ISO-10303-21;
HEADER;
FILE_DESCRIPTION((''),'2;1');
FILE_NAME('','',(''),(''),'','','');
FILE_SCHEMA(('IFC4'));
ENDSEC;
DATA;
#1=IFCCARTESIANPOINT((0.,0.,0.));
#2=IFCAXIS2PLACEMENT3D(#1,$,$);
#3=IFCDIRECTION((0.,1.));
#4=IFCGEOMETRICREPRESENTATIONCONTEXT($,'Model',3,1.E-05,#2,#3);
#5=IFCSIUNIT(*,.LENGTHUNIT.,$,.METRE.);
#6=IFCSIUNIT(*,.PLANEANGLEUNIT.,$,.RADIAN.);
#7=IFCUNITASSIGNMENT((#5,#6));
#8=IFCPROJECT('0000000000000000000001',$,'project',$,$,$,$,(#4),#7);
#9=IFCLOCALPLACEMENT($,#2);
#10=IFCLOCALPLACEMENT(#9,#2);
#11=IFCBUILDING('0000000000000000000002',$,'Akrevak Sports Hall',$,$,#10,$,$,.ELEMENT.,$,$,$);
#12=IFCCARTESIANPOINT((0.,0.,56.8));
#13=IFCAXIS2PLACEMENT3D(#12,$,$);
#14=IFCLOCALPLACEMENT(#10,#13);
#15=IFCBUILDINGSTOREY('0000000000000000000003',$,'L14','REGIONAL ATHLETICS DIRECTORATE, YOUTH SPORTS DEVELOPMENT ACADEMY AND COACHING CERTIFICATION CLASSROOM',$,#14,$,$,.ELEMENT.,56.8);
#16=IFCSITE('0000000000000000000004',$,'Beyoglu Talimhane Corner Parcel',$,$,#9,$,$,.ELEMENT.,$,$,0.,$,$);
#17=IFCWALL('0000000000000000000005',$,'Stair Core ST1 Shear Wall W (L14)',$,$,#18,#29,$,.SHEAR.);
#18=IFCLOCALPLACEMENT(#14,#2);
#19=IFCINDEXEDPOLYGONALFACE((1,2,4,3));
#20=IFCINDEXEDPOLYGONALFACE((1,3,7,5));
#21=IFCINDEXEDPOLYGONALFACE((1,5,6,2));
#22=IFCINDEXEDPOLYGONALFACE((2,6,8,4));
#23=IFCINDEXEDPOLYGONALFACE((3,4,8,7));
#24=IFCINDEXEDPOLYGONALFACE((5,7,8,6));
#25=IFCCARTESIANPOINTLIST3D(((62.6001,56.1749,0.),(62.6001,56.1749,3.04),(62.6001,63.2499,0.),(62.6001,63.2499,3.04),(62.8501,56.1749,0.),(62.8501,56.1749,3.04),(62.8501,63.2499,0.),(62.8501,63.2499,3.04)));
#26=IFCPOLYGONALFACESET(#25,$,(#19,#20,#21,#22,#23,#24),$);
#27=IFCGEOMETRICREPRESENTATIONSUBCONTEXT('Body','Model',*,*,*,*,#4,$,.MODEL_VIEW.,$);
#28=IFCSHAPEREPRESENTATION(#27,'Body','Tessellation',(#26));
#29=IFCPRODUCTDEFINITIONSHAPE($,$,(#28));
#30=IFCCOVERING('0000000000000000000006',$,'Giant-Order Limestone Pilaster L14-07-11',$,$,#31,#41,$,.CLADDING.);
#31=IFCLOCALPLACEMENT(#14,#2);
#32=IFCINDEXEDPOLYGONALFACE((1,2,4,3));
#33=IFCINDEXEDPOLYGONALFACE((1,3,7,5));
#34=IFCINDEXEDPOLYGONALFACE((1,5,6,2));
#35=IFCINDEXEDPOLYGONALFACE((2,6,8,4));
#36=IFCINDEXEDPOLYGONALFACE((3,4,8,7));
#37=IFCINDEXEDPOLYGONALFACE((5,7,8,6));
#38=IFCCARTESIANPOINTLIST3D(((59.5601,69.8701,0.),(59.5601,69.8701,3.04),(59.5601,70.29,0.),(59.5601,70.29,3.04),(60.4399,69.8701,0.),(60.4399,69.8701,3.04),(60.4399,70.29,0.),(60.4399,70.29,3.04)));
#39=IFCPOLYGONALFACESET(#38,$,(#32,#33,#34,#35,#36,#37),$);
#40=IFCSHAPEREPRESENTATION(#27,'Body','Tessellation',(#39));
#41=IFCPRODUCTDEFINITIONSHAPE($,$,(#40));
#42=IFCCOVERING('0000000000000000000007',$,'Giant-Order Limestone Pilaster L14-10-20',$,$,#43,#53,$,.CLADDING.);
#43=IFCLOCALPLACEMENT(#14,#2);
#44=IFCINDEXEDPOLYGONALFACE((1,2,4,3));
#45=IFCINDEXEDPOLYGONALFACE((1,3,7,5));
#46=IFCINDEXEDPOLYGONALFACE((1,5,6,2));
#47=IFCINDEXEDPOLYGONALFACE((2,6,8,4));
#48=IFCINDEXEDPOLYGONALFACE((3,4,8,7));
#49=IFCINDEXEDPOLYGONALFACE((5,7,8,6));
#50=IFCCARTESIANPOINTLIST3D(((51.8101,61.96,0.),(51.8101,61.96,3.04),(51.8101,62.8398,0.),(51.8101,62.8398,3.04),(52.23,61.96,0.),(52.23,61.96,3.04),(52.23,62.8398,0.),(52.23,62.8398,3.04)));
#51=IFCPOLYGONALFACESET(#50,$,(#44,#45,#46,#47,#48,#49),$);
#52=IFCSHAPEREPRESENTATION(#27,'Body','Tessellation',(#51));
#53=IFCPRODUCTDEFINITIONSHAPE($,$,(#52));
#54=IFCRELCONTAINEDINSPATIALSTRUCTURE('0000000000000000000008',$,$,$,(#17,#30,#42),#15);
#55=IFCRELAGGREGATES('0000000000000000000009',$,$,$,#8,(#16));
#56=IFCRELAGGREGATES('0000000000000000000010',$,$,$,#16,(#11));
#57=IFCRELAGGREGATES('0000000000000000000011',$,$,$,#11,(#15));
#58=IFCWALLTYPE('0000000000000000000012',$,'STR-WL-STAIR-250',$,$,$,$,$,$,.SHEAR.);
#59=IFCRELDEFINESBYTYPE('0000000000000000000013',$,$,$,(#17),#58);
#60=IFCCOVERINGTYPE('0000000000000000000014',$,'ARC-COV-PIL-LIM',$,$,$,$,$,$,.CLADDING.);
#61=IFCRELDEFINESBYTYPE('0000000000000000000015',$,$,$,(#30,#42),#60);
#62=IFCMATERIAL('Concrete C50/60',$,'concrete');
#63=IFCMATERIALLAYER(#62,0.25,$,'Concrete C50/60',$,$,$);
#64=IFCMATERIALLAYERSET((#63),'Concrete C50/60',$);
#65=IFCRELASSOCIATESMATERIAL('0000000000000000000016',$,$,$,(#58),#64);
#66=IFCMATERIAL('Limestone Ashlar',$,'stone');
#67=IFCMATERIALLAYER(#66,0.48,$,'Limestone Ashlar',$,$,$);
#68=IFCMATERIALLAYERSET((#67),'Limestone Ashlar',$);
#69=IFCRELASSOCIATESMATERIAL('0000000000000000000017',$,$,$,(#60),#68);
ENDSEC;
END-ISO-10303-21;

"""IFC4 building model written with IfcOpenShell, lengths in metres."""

from ifc_helpers import new_model, si_unit, direction, frame, frame_2d, origin, origin_2d, place, context, subcontext, project, spatial, rectangle, extrude, material, layer, layer_set, type_object, element, save


model = new_model("IFC4")

# Units and contexts
model_context = context("Model", 3, precision=1e-05, world=origin(), true_north=direction((0.0, 1.0)))
body_context = subcontext(model_context, "Body", "Model", "MODEL_VIEW")
ifc_project = project(units=[si_unit("LENGTHUNIT", "METRE"), si_unit("PLANEANGLEUNIT", "RADIAN")], contexts=[model_context])

# Site, building, storey
site_placement = place(None, origin())
site = spatial("IfcSite", under=ifc_project, at=site_placement, Name="Beyoglu Talimhane Corner Parcel", CompositionType="ELEMENT", RefElevation=0.0)
building_placement = place(site_placement, origin())
building = spatial("IfcBuilding", under=site, at=building_placement, Name="Akrevak Sports Hall", CompositionType="ELEMENT")
storey_placement = place(building_placement, frame((0.0, 0.0, 56.8)))
storey = spatial("IfcBuildingStorey", under=building, at=storey_placement, Name="L14", Description="REGIONAL ATHLETICS DIRECTORATE, YOUTH SPORTS DEVELOPMENT ACADEMY AND COACHING CERTIFICATION CLASSROOM", CompositionType="ELEMENT", Elevation=56.8)

# Shared definitions
ifc_material_1 = material(Name="Limestone Ashlar", Category="stone")

# Shared definitions
ifc_material_2 = material(Name="Concrete C50/60", Category="concrete")

# Wall
ifc_layer_1 = layer(ifc_material_2, 0.25, Name="Concrete C50/60")
ifc_layer_set_1 = layer_set([ifc_layer_1], Name="Concrete C50/60")
wall_type_1 = type_object("IfcWallType", Name="STR-WL-STAIR-250", PredefinedType="SHEAR", material=ifc_layer_set_1)
wall_1_placement = place(storey_placement, frame((62.7251, 63.25, 0.0), z_axis=(0.0, 0.0, 1.0), x_axis=(0.0, -1.0, 0.0)))
element("IfcWall", 1, at=wall_1_placement, inside=storey, type_object=wall_type_1, Name="Stair Core ST1 Shear Wall W (L14)", PredefinedType="SHEAR", context=body_context, shape_type="SweptSolid", body=[
    extrude(rectangle(XDim=7.075, YDim=0.25, at=frame_2d((3.5376, 0.0))), origin(), (0.0, 0.0, 1.0), 3.04),
])

# Coverings
ifc_layer_2 = layer(ifc_material_1, 0.48, Name="Limestone Ashlar")
ifc_layer_set_2 = layer_set([ifc_layer_2], Name="Limestone Ashlar")
covering_type = type_object("IfcCoveringType", Name="ARC-COV-PIL-LIM", PredefinedType="CLADDING", material=ifc_layer_set_2)
for number, where, z_axis, x_axis, name in (
    (2, (60.0, 70.0801, 0.0), (0.0, 0.0, 1.0), (-1.0, 0.0, 0.0), "Giant-Order Limestone Pilaster L14-07-11"),
    (3, (52.02, 62.3999, 0.0), (0.0, 0.0, 1.0), (0.0, -1.0, 0.0), "Giant-Order Limestone Pilaster L14-10-20"),
):
    element("IfcCovering", number, at=place(storey_placement, frame(where, z_axis=z_axis, x_axis=x_axis)), inside=storey, type_object=covering_type, Name=name, PredefinedType="CLADDING", context=body_context, shape_type="SweptSolid", body=[
        extrude(rectangle(XDim=0.8799, YDim=0.4199, at=origin_2d()), origin(), (0.0, 0.0, 1.0), 3.04),
    ])

save(model, "model.ifc")
